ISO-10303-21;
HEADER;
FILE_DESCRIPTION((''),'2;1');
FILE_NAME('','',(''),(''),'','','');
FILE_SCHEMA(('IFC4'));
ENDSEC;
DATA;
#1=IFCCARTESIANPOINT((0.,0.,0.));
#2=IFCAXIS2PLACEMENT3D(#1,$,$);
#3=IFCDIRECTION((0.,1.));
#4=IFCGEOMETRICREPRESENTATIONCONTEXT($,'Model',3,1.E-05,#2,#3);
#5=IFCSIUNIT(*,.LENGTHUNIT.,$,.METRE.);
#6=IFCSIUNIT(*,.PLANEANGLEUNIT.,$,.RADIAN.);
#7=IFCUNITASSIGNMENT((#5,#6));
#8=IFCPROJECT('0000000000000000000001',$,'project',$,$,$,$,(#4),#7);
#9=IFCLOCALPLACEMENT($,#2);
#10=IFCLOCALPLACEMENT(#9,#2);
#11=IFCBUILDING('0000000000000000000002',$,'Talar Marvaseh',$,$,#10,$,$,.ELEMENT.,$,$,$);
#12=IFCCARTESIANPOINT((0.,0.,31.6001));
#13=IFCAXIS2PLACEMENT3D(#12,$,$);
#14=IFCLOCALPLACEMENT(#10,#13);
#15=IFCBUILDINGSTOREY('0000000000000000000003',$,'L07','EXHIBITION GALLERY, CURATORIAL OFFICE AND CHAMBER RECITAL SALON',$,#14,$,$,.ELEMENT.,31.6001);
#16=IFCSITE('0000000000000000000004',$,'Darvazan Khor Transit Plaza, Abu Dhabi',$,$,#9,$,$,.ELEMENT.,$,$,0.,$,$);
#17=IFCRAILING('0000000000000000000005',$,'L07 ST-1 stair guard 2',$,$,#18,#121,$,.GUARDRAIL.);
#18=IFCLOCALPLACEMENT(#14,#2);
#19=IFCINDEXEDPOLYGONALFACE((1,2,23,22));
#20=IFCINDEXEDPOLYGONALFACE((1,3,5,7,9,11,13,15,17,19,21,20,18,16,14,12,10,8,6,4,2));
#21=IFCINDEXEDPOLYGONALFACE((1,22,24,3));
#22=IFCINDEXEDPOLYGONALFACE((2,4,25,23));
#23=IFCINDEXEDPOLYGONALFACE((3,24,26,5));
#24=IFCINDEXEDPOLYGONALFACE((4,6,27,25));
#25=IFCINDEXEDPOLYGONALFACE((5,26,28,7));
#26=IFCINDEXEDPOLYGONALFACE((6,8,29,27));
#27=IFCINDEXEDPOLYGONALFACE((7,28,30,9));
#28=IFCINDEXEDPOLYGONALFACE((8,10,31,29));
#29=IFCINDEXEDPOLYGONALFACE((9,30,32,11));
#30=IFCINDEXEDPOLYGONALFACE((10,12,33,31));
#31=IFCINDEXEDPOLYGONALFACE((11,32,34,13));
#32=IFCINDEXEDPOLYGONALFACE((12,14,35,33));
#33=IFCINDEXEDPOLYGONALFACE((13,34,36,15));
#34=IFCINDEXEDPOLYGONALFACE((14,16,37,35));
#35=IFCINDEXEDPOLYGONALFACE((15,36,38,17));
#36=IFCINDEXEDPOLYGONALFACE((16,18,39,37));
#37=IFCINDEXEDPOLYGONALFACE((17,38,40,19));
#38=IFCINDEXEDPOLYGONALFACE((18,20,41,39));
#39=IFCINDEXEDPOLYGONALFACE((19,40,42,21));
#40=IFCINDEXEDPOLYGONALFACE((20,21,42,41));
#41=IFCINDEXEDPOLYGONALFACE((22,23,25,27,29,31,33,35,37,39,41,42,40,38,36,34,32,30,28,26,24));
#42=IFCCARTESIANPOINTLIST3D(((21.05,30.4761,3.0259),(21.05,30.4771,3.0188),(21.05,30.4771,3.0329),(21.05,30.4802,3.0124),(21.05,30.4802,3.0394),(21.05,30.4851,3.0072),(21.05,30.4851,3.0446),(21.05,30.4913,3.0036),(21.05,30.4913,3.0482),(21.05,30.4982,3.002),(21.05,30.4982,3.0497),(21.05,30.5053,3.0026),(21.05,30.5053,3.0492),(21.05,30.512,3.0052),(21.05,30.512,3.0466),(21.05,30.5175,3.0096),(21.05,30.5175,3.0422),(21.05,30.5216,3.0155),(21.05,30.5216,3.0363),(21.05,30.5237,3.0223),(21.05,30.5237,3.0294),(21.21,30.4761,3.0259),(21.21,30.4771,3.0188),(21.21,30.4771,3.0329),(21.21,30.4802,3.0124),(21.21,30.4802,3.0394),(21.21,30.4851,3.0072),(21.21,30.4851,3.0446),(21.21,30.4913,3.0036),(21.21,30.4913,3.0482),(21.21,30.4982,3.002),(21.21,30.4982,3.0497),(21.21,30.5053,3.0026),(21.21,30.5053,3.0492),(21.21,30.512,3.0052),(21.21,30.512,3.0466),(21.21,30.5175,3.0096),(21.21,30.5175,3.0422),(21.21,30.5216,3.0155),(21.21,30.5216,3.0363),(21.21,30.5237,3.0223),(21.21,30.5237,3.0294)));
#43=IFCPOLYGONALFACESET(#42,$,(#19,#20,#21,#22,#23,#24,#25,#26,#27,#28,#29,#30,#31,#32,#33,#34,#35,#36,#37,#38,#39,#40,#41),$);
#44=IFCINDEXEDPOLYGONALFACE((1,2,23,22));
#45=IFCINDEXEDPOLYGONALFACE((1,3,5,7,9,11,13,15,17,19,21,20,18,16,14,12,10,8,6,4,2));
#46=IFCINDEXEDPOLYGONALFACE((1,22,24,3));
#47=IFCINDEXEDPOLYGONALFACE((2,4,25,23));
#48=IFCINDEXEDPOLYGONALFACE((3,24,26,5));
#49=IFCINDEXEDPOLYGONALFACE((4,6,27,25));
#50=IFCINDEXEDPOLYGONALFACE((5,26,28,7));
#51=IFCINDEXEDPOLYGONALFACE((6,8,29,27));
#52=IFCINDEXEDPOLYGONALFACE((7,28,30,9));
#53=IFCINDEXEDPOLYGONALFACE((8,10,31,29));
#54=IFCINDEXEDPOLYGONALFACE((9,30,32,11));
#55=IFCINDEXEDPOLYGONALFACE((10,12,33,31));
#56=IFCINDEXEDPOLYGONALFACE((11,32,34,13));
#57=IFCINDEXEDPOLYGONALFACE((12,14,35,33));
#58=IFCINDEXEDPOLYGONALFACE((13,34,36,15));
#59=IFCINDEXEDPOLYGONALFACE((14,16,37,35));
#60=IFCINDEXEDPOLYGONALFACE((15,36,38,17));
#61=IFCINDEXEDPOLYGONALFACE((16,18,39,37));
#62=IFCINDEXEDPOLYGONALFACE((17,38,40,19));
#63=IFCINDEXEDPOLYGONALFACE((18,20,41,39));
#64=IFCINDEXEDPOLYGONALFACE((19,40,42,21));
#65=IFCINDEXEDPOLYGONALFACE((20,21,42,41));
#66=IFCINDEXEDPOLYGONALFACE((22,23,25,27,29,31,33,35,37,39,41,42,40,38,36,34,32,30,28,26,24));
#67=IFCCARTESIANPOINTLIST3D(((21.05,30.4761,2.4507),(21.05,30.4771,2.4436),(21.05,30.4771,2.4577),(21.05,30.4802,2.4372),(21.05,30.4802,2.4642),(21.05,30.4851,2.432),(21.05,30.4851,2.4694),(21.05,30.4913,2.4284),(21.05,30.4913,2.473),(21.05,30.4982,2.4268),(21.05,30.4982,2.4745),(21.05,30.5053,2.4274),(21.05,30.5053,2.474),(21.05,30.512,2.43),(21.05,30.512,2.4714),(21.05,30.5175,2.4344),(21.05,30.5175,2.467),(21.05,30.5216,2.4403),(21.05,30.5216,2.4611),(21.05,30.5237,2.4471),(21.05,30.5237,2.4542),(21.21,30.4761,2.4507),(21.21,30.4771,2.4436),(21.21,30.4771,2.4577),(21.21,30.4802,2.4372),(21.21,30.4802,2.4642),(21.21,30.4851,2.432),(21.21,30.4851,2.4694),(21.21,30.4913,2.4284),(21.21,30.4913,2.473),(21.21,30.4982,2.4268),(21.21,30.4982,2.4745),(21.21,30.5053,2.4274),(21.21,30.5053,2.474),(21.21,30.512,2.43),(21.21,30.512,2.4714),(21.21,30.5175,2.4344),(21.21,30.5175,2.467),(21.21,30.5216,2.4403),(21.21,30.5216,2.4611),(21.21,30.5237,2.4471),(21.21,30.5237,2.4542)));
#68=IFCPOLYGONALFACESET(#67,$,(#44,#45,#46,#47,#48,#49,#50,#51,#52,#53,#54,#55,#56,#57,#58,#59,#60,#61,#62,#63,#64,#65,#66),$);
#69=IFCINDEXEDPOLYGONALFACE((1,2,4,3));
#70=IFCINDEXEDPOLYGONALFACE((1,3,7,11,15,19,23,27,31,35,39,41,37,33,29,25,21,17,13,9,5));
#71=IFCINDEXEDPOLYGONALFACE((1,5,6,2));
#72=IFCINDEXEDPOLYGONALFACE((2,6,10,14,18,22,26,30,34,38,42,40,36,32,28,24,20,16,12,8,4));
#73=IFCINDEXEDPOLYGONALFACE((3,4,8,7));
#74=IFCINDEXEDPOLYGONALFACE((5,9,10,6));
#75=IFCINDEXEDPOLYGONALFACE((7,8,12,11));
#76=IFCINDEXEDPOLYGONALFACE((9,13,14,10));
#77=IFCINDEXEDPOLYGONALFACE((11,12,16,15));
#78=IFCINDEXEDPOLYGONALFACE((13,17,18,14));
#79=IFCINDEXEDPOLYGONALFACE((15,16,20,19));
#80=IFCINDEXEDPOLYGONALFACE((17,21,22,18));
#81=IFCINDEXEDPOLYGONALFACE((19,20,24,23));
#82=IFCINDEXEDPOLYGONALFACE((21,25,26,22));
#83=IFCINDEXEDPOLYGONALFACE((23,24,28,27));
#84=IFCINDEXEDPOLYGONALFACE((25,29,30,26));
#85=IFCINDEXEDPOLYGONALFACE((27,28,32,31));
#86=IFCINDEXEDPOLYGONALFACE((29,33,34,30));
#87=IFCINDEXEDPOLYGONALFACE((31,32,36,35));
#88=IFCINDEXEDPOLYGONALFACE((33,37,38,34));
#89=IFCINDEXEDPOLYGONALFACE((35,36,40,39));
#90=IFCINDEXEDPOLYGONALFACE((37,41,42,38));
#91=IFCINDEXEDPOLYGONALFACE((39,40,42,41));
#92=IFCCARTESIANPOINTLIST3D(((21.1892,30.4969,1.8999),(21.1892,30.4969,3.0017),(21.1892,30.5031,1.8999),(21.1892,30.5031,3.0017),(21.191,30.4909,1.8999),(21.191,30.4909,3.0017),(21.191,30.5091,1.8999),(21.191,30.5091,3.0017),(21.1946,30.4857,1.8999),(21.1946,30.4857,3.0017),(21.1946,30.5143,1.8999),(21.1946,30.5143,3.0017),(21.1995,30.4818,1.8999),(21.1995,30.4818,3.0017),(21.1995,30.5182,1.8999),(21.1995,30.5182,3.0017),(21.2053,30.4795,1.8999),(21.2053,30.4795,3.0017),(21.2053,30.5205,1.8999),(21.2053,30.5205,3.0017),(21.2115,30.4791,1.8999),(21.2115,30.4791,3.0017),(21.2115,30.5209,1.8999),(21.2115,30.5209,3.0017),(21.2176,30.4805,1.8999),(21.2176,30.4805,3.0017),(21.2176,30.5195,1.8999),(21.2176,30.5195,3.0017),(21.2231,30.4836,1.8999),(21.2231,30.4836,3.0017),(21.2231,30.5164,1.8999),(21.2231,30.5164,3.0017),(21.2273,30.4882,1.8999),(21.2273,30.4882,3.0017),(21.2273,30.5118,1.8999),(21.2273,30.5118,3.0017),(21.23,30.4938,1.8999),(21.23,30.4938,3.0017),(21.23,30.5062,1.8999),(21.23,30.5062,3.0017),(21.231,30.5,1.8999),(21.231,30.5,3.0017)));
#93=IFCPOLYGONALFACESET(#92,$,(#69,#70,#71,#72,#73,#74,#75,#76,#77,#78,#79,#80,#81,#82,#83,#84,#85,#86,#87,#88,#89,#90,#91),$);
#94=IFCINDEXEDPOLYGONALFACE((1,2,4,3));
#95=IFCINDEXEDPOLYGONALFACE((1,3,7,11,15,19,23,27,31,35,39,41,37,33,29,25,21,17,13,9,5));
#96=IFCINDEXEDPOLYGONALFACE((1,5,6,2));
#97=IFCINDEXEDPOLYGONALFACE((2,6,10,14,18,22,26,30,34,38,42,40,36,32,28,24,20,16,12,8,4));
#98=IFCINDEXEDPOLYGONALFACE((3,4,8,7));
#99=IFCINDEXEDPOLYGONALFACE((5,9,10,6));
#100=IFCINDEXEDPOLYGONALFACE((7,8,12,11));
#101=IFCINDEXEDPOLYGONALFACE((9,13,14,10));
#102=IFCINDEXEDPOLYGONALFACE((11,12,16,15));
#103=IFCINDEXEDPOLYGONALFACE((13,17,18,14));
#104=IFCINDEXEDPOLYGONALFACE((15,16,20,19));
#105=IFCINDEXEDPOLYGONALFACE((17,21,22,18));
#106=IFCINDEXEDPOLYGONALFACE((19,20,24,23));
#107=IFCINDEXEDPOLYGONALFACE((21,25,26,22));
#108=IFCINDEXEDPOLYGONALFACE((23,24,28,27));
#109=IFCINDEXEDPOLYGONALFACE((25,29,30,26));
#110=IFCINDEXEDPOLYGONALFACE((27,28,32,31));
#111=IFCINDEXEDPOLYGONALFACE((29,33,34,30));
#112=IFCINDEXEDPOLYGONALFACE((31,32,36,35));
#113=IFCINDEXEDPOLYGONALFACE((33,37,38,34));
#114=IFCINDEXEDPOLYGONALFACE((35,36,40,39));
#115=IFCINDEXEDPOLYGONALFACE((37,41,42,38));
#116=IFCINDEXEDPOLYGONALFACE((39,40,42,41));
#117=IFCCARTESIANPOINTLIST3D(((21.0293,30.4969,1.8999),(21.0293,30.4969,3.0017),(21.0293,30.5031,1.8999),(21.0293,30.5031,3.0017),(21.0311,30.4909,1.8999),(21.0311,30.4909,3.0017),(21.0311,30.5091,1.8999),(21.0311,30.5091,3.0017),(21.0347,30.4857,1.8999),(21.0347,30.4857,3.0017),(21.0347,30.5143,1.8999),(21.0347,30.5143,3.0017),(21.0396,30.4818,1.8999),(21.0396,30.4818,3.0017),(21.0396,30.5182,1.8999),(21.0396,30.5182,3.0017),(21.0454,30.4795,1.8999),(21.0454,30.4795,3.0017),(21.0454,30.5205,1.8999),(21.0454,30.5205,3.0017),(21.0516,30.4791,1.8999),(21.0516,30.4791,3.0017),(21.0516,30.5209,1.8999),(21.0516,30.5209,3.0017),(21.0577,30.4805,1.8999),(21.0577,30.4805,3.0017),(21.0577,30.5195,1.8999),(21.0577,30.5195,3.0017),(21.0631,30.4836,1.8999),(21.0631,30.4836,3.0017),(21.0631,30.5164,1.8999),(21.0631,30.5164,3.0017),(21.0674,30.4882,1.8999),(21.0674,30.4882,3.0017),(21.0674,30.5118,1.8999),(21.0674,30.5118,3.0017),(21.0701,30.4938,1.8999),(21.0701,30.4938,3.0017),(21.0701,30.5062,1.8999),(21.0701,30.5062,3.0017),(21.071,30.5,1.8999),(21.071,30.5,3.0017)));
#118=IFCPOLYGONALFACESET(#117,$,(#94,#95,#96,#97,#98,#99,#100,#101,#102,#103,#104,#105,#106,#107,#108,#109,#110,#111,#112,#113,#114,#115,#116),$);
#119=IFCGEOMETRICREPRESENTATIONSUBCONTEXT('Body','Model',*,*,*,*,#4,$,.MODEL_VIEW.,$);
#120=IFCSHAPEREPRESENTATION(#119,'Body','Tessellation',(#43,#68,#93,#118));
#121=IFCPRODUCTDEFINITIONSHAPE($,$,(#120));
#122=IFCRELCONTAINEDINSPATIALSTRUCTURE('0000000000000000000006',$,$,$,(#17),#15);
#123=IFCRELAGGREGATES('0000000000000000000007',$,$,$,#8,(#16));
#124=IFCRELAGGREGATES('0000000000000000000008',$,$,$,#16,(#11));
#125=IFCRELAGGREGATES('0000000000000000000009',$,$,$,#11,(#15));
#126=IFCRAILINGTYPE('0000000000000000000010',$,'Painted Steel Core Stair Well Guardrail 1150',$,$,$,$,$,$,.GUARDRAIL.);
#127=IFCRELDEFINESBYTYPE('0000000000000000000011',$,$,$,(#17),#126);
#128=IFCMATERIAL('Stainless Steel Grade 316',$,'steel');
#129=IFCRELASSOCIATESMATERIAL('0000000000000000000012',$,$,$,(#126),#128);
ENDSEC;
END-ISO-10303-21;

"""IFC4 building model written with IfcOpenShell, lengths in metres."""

from ifc_helpers import new_model, si_unit, direction, frame, origin, origin_2d, place, context, subcontext, project, spatial, circle, extrude, material, type_object, element, save


model = new_model("IFC4")

# Units and contexts
model_context = context("Model", 3, precision=1e-05, world=origin(), true_north=direction((0.0, 1.0)))
body_context = subcontext(model_context, "Body", "Model", "MODEL_VIEW")
ifc_project = project(units=[si_unit("LENGTHUNIT", "METRE"), si_unit("PLANEANGLEUNIT", "RADIAN")], contexts=[model_context])

# Site, building, storey
site_placement = place(None, origin())
site = spatial("IfcSite", under=ifc_project, at=site_placement, Name="Darvazan Khor Transit Plaza, Abu Dhabi", CompositionType="ELEMENT", RefElevation=0.0)
building_placement = place(site_placement, origin())
building = spatial("IfcBuilding", under=site, at=building_placement, Name="Talar Marvaseh", CompositionType="ELEMENT")
storey_placement = place(building_placement, frame((0.0, 0.0, 31.6001)))
storey = spatial("IfcBuildingStorey", under=building, at=storey_placement, Name="L07", Description="EXHIBITION GALLERY, CURATORIAL OFFICE AND CHAMBER RECITAL SALON", CompositionType="ELEMENT", Elevation=31.6001)

# Railing
ifc_material_1 = material(Name="Stainless Steel Grade 316", Category="steel")
railing_type_1 = type_object("IfcRailingType", Name="Painted Steel Core Stair Well Guardrail 1150", PredefinedType="GUARDRAIL", material=ifc_material_1)
railing_1_placement = place(storey_placement, frame((21.21, 30.5, 1.8999)))
element("IfcRailing", 1, at=railing_1_placement, inside=storey, type_object=railing_type_1, Name="L07 ST-1 stair guard 2", PredefinedType="GUARDRAIL", context=body_context, shape_type="SweptSolid", body=[
    extrude(circle(Radius=0.0239, at=origin_2d()), frame((0.0, 0.0, 1.126), z_axis=(-1.0, 0.0, 0.0), x_axis=(0.0, -1.0, 0.0)), (0.0, 0.0, 1.0), 0.1599),
    extrude(circle(Radius=0.0239, at=origin_2d()), frame((0.0, 0.0, 0.5508), z_axis=(-1.0, 0.0, 0.0), x_axis=(0.0, -1.0, 0.0)), (0.0, 0.0, 1.0), 0.1599),
    extrude(circle(Radius=0.021, at=origin_2d()), origin(), (0.0, 0.0, 1.0), 1.1018),
    extrude(circle(Radius=0.021, at=origin_2d()), frame((-0.1599, 0.0, 0.0)), (0.0, 0.0, 1.0), 1.1018),
])

save(model, "model.ifc")
